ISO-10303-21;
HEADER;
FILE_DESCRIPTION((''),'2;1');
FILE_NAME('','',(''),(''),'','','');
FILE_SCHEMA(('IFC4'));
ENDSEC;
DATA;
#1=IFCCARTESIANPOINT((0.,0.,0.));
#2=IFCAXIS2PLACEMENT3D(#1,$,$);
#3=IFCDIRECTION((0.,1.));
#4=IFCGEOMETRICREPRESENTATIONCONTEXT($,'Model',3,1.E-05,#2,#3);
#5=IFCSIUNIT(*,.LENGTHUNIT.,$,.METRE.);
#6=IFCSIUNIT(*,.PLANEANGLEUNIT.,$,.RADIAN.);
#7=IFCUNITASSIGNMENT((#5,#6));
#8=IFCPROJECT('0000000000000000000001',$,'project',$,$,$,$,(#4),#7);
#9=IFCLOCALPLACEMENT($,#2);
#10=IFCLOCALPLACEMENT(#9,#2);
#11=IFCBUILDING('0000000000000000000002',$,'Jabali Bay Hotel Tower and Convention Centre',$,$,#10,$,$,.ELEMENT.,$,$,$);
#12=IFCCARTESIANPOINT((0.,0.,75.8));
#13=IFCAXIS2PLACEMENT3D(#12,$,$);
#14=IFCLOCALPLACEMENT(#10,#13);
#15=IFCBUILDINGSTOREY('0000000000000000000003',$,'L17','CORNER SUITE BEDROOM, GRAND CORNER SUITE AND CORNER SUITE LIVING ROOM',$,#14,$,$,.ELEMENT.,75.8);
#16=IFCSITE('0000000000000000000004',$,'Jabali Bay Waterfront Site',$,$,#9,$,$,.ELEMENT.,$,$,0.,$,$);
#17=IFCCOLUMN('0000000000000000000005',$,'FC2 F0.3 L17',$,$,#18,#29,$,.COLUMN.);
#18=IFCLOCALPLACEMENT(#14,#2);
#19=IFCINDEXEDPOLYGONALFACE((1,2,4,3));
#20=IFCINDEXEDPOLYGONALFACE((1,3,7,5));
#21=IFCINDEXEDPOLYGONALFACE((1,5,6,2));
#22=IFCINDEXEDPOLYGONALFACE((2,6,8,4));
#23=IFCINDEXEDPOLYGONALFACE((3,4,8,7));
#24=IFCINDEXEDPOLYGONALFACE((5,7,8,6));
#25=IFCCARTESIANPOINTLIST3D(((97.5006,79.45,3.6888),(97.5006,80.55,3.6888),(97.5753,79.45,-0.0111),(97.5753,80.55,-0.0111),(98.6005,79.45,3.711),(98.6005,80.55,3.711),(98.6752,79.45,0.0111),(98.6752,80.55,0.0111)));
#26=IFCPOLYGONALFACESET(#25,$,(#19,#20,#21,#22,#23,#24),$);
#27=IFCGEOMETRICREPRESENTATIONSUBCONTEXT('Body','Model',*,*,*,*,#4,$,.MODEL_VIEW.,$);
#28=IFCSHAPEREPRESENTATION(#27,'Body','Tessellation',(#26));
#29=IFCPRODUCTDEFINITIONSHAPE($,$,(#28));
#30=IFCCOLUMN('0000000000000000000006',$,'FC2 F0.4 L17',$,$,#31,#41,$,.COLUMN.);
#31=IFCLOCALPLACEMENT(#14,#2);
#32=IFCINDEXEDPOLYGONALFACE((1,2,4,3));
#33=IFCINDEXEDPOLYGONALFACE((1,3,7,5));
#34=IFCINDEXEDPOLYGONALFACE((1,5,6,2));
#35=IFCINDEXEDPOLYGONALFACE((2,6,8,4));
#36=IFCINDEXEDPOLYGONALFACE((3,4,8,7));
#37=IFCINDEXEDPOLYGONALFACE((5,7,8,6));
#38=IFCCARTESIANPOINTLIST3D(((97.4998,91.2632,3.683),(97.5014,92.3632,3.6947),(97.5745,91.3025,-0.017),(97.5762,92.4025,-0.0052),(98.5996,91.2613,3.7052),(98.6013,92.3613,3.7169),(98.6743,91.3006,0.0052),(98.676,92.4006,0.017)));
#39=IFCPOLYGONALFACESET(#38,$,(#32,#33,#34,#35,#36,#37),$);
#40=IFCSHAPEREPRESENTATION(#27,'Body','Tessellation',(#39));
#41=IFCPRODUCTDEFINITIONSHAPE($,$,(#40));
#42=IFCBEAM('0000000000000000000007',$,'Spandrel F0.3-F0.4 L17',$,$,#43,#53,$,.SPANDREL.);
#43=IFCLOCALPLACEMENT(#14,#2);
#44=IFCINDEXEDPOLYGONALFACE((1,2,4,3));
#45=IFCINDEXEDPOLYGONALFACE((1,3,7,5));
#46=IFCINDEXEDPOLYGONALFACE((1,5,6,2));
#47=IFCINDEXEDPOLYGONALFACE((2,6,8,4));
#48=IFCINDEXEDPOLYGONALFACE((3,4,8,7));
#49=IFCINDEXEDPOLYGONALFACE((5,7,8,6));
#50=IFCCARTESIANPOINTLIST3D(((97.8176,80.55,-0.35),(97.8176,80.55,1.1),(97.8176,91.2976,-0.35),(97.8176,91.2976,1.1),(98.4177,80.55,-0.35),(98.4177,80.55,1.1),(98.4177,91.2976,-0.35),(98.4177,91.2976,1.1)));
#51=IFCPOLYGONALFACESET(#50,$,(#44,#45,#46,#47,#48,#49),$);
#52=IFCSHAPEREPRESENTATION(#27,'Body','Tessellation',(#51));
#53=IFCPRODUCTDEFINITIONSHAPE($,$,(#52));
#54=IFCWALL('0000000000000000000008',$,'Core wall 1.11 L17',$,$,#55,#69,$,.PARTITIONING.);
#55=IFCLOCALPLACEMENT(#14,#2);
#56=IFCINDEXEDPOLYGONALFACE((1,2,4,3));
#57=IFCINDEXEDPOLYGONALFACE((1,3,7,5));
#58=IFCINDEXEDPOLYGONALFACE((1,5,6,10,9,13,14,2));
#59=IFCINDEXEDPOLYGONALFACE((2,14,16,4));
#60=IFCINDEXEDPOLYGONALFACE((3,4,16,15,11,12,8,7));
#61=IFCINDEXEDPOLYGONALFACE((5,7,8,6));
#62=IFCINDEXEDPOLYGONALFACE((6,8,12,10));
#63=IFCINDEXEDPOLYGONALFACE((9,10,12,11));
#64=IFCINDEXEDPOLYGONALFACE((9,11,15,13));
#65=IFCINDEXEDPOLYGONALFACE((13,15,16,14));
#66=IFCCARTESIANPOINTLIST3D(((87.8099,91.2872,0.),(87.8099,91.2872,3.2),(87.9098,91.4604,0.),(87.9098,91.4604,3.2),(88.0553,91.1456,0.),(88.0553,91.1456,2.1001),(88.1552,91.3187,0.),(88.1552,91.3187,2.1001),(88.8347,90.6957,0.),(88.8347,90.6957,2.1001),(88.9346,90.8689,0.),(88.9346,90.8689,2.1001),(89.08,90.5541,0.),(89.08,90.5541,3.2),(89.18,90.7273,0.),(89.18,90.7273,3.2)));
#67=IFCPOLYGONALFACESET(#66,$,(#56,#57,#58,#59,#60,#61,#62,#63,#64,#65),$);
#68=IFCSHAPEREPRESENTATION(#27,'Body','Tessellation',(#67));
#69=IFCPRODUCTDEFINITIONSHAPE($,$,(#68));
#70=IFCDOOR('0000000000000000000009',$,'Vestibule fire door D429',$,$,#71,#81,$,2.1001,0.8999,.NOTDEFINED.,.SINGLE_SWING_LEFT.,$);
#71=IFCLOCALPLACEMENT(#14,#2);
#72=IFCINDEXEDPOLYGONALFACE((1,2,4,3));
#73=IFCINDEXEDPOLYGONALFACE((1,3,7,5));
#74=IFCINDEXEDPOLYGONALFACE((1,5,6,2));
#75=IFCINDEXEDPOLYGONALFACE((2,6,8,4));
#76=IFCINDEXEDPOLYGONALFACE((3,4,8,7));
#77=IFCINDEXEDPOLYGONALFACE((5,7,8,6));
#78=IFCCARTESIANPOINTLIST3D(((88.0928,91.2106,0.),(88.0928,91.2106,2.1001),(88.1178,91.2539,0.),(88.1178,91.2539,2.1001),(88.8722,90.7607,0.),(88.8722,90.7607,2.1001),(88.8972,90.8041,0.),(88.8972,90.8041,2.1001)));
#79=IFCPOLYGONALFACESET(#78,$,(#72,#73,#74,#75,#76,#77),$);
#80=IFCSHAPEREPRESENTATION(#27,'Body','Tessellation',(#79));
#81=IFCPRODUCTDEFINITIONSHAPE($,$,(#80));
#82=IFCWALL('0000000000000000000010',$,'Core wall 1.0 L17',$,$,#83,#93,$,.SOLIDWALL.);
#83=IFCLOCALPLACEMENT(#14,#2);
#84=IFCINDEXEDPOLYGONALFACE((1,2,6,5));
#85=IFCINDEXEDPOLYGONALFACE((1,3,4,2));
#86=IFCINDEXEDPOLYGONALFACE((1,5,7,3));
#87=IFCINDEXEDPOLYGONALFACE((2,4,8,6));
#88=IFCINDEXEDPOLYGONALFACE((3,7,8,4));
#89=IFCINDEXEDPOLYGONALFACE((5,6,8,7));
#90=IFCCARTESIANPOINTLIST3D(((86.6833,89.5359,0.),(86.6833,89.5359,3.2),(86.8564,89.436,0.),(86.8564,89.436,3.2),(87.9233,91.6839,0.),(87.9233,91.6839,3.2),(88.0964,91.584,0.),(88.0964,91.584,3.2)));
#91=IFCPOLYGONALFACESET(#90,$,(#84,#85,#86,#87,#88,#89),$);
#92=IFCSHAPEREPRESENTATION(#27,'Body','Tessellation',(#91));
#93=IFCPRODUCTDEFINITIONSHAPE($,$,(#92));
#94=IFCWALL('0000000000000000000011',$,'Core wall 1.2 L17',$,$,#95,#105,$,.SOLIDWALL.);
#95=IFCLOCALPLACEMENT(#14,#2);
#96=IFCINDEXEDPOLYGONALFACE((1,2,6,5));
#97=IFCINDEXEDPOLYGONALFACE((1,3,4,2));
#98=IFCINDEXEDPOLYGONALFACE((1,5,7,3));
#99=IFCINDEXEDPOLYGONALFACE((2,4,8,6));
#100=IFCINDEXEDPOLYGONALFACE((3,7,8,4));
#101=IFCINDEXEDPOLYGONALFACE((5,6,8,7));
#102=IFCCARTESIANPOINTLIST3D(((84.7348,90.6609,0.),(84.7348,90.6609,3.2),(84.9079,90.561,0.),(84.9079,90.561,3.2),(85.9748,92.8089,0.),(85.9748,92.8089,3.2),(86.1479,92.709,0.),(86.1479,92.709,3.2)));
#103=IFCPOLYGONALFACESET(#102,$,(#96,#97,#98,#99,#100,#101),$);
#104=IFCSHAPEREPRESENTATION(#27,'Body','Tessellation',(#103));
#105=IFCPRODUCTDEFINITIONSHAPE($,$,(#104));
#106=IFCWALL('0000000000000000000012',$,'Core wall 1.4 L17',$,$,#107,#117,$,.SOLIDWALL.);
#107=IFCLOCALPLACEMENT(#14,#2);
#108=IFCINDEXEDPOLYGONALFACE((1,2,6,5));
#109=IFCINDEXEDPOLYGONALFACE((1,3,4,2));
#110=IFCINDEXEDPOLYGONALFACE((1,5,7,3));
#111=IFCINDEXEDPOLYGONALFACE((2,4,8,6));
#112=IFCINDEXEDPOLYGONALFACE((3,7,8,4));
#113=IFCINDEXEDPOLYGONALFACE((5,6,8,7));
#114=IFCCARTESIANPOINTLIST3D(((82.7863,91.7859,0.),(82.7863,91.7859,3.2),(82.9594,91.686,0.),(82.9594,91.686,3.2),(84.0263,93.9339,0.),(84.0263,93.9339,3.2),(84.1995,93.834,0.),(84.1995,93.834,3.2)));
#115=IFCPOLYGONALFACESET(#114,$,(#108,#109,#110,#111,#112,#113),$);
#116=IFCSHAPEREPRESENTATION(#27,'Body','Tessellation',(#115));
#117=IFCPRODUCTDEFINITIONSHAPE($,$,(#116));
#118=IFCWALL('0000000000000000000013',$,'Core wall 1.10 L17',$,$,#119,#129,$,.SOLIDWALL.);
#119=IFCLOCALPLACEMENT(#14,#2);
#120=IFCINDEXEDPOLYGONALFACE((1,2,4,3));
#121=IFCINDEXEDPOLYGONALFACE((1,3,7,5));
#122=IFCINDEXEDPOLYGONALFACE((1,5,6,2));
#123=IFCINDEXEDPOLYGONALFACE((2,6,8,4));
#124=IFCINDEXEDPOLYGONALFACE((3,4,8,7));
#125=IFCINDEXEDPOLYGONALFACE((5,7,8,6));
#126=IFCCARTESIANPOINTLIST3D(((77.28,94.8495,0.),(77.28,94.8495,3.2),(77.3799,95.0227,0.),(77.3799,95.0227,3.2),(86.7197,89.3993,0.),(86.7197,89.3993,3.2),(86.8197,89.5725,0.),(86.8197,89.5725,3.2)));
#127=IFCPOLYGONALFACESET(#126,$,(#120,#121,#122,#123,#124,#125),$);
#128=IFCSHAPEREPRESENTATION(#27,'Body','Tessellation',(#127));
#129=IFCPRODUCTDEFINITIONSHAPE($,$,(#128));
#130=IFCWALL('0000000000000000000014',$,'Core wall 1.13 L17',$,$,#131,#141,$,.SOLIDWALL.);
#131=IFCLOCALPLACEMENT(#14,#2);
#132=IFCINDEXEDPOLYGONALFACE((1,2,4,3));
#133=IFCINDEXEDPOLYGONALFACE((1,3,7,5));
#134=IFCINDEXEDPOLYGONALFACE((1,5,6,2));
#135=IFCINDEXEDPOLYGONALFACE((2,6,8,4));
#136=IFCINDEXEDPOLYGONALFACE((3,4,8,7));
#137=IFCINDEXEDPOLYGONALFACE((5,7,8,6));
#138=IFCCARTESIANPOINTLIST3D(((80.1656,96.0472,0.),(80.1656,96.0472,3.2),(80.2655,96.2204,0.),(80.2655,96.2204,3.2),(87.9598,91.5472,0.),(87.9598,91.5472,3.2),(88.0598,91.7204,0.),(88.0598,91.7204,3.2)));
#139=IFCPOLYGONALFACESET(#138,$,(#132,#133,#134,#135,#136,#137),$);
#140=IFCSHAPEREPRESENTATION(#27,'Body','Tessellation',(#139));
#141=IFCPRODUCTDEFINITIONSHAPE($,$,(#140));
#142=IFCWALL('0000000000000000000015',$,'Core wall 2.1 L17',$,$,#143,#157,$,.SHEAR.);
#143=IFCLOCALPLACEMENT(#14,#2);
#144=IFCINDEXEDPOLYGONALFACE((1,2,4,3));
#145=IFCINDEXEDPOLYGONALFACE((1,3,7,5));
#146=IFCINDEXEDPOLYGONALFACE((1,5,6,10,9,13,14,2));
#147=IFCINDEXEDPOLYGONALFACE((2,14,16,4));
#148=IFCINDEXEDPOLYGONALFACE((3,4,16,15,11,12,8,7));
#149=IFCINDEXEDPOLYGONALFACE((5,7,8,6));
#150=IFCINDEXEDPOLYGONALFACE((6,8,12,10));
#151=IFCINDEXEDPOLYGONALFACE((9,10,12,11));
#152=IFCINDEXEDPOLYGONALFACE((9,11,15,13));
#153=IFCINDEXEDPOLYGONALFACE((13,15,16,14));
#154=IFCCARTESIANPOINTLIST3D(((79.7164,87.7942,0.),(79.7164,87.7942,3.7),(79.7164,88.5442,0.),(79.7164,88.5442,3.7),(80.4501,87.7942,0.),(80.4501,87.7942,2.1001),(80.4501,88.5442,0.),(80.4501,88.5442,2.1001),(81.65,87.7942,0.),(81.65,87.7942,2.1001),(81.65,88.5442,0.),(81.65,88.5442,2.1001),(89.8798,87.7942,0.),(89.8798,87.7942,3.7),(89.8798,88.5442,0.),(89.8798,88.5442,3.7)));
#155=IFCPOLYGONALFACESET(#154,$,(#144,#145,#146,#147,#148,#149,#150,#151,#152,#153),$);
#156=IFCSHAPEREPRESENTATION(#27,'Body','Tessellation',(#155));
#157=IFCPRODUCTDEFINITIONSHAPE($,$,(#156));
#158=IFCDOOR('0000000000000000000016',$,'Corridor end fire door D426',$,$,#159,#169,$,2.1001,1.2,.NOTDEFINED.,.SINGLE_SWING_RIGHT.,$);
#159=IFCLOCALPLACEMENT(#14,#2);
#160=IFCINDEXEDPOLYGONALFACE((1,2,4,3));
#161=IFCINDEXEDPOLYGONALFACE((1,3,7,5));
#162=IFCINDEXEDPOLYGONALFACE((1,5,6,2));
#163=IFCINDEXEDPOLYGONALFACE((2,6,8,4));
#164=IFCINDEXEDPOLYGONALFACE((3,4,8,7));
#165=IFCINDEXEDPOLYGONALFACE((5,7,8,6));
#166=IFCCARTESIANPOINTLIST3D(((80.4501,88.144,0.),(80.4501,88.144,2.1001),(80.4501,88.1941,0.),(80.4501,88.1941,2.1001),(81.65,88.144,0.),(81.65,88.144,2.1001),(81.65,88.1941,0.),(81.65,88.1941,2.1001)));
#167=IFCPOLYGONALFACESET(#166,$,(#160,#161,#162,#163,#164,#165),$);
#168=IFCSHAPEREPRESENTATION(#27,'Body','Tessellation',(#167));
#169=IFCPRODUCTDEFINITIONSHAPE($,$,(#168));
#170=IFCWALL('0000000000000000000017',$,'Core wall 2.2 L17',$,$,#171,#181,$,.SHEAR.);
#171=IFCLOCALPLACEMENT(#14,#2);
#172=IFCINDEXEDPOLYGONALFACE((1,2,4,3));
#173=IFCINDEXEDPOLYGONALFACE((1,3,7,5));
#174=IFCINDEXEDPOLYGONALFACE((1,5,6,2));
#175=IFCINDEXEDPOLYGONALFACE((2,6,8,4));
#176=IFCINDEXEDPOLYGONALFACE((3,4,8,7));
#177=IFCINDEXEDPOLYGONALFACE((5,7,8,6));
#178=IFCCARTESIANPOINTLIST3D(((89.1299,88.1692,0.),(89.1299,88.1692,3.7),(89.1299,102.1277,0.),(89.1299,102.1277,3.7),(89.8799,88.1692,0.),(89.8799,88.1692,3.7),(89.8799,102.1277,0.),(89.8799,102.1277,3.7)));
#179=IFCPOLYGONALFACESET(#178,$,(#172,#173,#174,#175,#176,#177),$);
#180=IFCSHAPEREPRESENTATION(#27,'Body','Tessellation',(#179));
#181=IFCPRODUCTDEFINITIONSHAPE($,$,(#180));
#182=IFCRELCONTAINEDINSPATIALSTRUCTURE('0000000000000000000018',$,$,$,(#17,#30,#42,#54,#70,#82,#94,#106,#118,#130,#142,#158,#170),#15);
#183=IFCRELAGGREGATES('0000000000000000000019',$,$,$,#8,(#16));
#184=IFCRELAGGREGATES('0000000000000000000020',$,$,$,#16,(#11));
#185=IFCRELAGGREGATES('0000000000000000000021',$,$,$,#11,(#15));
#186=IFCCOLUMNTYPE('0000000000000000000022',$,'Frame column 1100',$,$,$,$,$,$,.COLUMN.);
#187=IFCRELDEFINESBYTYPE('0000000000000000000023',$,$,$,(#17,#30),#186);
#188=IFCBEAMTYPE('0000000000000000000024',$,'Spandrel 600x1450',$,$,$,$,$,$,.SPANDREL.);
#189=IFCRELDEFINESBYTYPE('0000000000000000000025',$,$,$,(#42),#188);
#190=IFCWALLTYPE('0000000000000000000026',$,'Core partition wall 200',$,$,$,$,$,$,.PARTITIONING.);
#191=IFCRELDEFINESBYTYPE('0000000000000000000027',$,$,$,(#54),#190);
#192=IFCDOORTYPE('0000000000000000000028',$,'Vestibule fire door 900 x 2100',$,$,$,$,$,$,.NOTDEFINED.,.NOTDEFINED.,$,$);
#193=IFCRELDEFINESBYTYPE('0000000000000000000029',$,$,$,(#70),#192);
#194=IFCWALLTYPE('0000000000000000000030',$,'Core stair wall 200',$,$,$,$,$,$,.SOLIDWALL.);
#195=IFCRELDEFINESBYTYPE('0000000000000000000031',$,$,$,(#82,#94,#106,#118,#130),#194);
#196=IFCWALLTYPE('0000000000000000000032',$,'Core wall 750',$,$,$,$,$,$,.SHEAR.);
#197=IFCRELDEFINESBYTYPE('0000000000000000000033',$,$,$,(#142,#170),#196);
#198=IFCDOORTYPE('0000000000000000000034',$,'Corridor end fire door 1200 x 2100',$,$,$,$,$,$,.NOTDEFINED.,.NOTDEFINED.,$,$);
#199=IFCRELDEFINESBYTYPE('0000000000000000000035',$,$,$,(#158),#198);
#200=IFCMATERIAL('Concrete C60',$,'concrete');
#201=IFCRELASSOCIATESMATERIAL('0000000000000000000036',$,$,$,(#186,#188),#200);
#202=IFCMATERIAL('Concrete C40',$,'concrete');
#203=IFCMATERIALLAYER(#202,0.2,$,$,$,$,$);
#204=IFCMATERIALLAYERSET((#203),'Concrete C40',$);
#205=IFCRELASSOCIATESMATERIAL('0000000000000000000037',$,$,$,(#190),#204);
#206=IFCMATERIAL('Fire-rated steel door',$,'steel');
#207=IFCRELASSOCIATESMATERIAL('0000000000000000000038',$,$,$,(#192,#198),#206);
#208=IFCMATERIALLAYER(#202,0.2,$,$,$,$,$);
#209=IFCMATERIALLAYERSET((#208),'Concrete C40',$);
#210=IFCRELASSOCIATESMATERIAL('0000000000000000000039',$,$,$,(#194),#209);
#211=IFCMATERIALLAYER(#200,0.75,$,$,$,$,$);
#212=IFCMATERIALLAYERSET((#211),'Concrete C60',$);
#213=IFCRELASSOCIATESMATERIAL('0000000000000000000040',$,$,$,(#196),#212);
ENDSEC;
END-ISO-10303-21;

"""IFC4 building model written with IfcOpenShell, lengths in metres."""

from ifc_helpers import new_model, si_unit, direction, frame, frame_2d, origin, origin_2d, place, context, subcontext, project, spatial, rectangle, extrude, material, layer, layer_set, material_profile, profile_set, type_object, element, fill, save


model = new_model("IFC4")

# Units and contexts
model_context = context("Model", 3, precision=1e-05, world=origin(), true_north=direction((0.0, 1.0)))
body_context = subcontext(model_context, "Body", "Model", "MODEL_VIEW")
ifc_project = project(units=[si_unit("LENGTHUNIT", "METRE"), si_unit("PLANEANGLEUNIT", "RADIAN")], contexts=[model_context])

# Site, building, storey
site_placement = place(None, origin())
site = spatial("IfcSite", under=ifc_project, at=site_placement, Name="Jabali Bay Waterfront Site", CompositionType="ELEMENT", RefElevation=0.0)
building_placement = place(site_placement, origin())
building = spatial("IfcBuilding", under=site, at=building_placement, Name="Jabali Bay Hotel Tower and Convention Centre", CompositionType="ELEMENT")
storey_placement = place(building_placement, frame((0.0, 0.0, 75.8)))
storey = spatial("IfcBuildingStorey", under=building, at=storey_placement, Name="L17", Description="CORNER SUITE BEDROOM, GRAND CORNER SUITE AND CORNER SUITE LIVING ROOM", CompositionType="ELEMENT", Elevation=75.8)

# Columns
ifc_material_1 = material(Name="Concrete C60", Category="concrete")
ifc_material_profile_1 = material_profile(ifc_material_1, rectangle(XDim=1.1001, YDim=1.1001, at=origin_2d()), Name="Frame column 1100")
ifc_profile_set_1 = profile_set([ifc_material_profile_1], Name="Concrete C60")
column_type = type_object("IfcColumnType", Name="Frame column 1100", PredefinedType="COLUMN", material=ifc_profile_set_1)
column_1_placement = place(storey_placement, frame((98.1252, 80.0, 0.0), z_axis=(-0.020187, 0.0, 0.999796), x_axis=(0.0, -1.0, 0.0)))
element("IfcColumn", 1, at=column_1_placement, inside=storey, type_object=column_type, Name="FC2 F0.3 L17", PredefinedType="COLUMN", context=body_context, shape_type="SweptSolid", body=[
    extrude(rectangle(XDim=1.1001, YDim=1.1001, at=origin_2d()), origin(), (0.0, 0.0, 1.0), 3.7007),
])
column_2_placement = place(storey_placement, frame((98.1252, 91.8516, 0.0), z_axis=(-0.020186, -0.010621, 0.99974), x_axis=(0.999795, -0.001747, 0.020169)))
element("IfcColumn", 2, at=column_2_placement, inside=storey, type_object=column_type, Name="FC2 F0.4 L17", PredefinedType="COLUMN", context=body_context, shape_type="SweptSolid", body=[
    extrude(rectangle(XDim=1.1001, YDim=1.1001, at=origin_2d()), origin(), (0.0, 0.0, 1.0), 3.7009),
])

# Beam
ifc_material_profile_2 = material_profile(ifc_material_1, rectangle(XDim=0.6001, YDim=1.45, at=origin_2d()), Name="Spandrel 600x1450")
ifc_profile_set_2 = profile_set([ifc_material_profile_2], Name="Concrete C60")
beam_type = type_object("IfcBeamType", Name="Spandrel 600x1450", PredefinedType="SPANDREL", material=ifc_profile_set_2)
beam_placement = place(storey_placement, frame((98.1177, 80.55, 0.375), z_axis=(0.0, 1.0, 0.0), x_axis=(-1.0, 0.0, 0.0)))
element("IfcBeam", 3, at=beam_placement, inside=storey, type_object=beam_type, Name="Spandrel F0.3-F0.4 L17", PredefinedType="SPANDREL", context=body_context, shape_type="SweptSolid", body=[
    extrude(rectangle(XDim=0.6001, YDim=1.45, at=origin_2d()), origin(), (0.0, 0.0, 1.0), 10.7476),
])

# Wall, opening, door
ifc_material_2 = material(Name="Concrete C40", Category="concrete")
ifc_layer_1 = layer(ifc_material_2, 0.2)
ifc_layer_set_1 = layer_set([ifc_layer_1], Name="Concrete C40")
wall_type_1 = type_object("IfcWallType", Name="Core partition wall 200", PredefinedType="PARTITIONING", material=ifc_layer_set_1)
wall_1_placement = place(storey_placement, frame((89.1301, 90.6406, 0.0), z_axis=(0.0, 0.0, 1.0), x_axis=(-0.866094, 0.499881, 0.0)))
wall_1 = element("IfcWall", 4, at=wall_1_placement, inside=storey, type_object=wall_type_1, Name="Core wall 1.11 L17", PredefinedType="PARTITIONING", context=body_context, shape_type="SweptSolid", body=[
    extrude(rectangle(XDim=1.4666, YDim=0.2, at=frame_2d((0.7334, 0.0))), origin(), (0.0, 0.0, 1.0), 3.2),
])
opening_1_placement = place(wall_1_placement, frame((0.2834, 0.0, 0.0)))
opening_1 = element("IfcOpeningElement", 5, at=opening_1_placement, cuts=wall_1, PredefinedType="OPENING", context=body_context, shape_type="SweptSolid", body=[
    extrude(rectangle(XDim=0.8999, YDim=2.1001, at=frame_2d((0.45, 1.05))), frame((0.0, 0.1104, 0.0), z_axis=(0.0, -1.0, 0.0), x_axis=(1.0, 0.0, 0.0)), (0.0, 0.0, 1.0), 0.2209),
])
ifc_material_3 = material(Name="Fire-rated steel door", Category="steel")
door_type_1 = type_object("IfcDoorType", Name="Vestibule fire door 900 x 2100", OperationType="NOTDEFINED", PredefinedType="NOTDEFINED", material=ifc_material_3)
door_1_placement = place(opening_1_placement, origin())
door_1 = element("IfcDoor", 6, at=door_1_placement, inside=storey, type_object=door_type_1, Name="Vestibule fire door D429", OperationType="SINGLE_SWING_LEFT", OverallHeight=2.1001, OverallWidth=0.8999, PredefinedType="NOTDEFINED", context=body_context, shape_type="SweptSolid", body=[
    extrude(rectangle(XDim=0.8999, YDim=2.1001, at=frame_2d((0.45, 1.05))), frame((0.0, 0.0249, 0.0), z_axis=(0.0, -1.0, 0.0), x_axis=(1.0, 0.0, 0.0)), (0.0, 0.0, 1.0), 0.05),
])
fill(opening_1, door_1)

# Walls
ifc_layer_2 = layer(ifc_material_2, 0.2)
ifc_layer_set_2 = layer_set([ifc_layer_2], Name="Concrete C40")
wall_type_2 = type_object("IfcWallType", Name="Core stair wall 200", PredefinedType="SOLIDWALL", material=ifc_layer_set_2)
for number, where, z_axis, x_axis, name in (
    (7, (86.7698, 89.4858, 0.0), (0.0, 0.0, 1.0), (0.499961, 0.866048, 0.0), "Core wall 1.0 L17"),
    (8, (84.8213, 90.6108, 0.0), (0.0, 0.0, 1.0), (0.499961, 0.866048, 0.0), "Core wall 1.2 L17"),
    (9, (82.8728, 91.7358, 0.0), (0.0, 0.0, 1.0), (0.499961, 0.866048, 0.0), "Core wall 1.4 L17"),
):
    element("IfcWall", number, at=place(storey_placement, frame(where, z_axis=z_axis, x_axis=x_axis)), inside=storey, type_object=wall_type_2, Name=name, PredefinedType="SOLIDWALL", context=body_context, shape_type="SweptSolid", body=[
        extrude(rectangle(XDim=2.4802, YDim=0.2, at=frame_2d((1.2402, 0.0))), origin(), (0.0, 0.0, 1.0), 3.2),
    ])
wall_2_placement = place(storey_placement, frame((86.7698, 89.4858, 0.0), z_axis=(0.0, 0.0, 1.0), x_axis=(-0.866018, 0.500013, 0.0)))
element("IfcWall", 10, at=wall_2_placement, inside=storey, type_object=wall_type_2, Name="Core wall 1.10 L17", PredefinedType="SOLIDWALL", context=body_context, shape_type="SweptSolid", body=[
    extrude(rectangle(XDim=10.9001, YDim=0.2, at=frame_2d((5.4502, 0.0))), origin(), (0.0, 0.0, 1.0), 3.2),
])
wall_3_placement = place(storey_placement, frame((88.0098, 91.6338, 0.0), z_axis=(0.0, 0.0, 1.0), x_axis=(-0.866024, 0.500002, 0.0)))
element("IfcWall", 11, at=wall_3_placement, inside=storey, type_object=wall_type_2, Name="Core wall 1.13 L17", PredefinedType="SOLIDWALL", context=body_context, shape_type="SweptSolid", body=[
    extrude(rectangle(XDim=9.0, YDim=0.2, at=frame_2d((4.5, 0.0))), origin(), (0.0, 0.0, 1.0), 3.2),
])

# Wall, opening, door
ifc_layer_3 = layer(ifc_material_1, 0.75)
ifc_layer_set_3 = layer_set([ifc_layer_3], Name="Concrete C60")
wall_type_3 = type_object("IfcWallType", Name="Core wall 750", PredefinedType="SHEAR", material=ifc_layer_set_3)
wall_4_placement = place(storey_placement, frame((79.7166, 88.1692, 0.0), z_axis=(0.0, 0.0, 1.0), x_axis=(1.0, 0.0, 0.0)))
wall_4 = element("IfcWall", 12, at=wall_4_placement, inside=storey, type_object=wall_type_3, Name="Core wall 2.1 L17", PredefinedType="SHEAR", context=body_context, shape_type="SweptSolid", body=[
    extrude(rectangle(XDim=10.1633, YDim=0.75, at=frame_2d((5.0815, 0.0))), origin(), (0.0, 0.0, 1.0), 3.7),
])
opening_2_placement = place(wall_4_placement, frame((0.7334, 0.0, 0.0)))
opening_2 = element("IfcOpeningElement", 13, at=opening_2_placement, cuts=wall_4, PredefinedType="OPENING", context=body_context, shape_type="SweptSolid", body=[
    extrude(rectangle(XDim=1.2, YDim=2.1001, at=frame_2d((0.6001, 1.05))), frame((0.0, 0.3855, 0.0), z_axis=(0.0, -1.0, 0.0), x_axis=(1.0, 0.0, 0.0)), (0.0, 0.0, 1.0), 0.771),
])
door_type_2 = type_object("IfcDoorType", Name="Corridor end fire door 1200 x 2100", OperationType="NOTDEFINED", PredefinedType="NOTDEFINED", material=ifc_material_3)
door_2_placement = place(opening_2_placement, origin())
door_2 = element("IfcDoor", 14, at=door_2_placement, inside=storey, type_object=door_type_2, Name="Corridor end fire door D426", OperationType="SINGLE_SWING_RIGHT", OverallHeight=2.1001, OverallWidth=1.2, PredefinedType="NOTDEFINED", context=body_context, shape_type="SweptSolid", body=[
    extrude(rectangle(XDim=1.2, YDim=2.1001, at=frame_2d((0.6001, 1.05))), frame((0.0, 0.0249, 0.0), z_axis=(0.0, -1.0, 0.0), x_axis=(1.0, 0.0, 0.0)), (0.0, 0.0, 1.0), 0.05),
])
fill(opening_2, door_2)

# Wall
wall_5_placement = place(storey_placement, frame((89.5049, 88.1692, 0.0), z_axis=(0.0, 0.0, 1.0), x_axis=(0.0, 1.0, 0.0)))
element("IfcWall", 15, at=wall_5_placement, inside=storey, type_object=wall_type_3, Name="Core wall 2.2 L17", PredefinedType="SHEAR", context=body_context, shape_type="SweptSolid", body=[
    extrude(rectangle(XDim=13.9585, YDim=0.75, at=frame_2d((6.9792, 0.0))), origin(), (0.0, 0.0, 1.0), 3.7),
])

save(model, "model.ifc")
